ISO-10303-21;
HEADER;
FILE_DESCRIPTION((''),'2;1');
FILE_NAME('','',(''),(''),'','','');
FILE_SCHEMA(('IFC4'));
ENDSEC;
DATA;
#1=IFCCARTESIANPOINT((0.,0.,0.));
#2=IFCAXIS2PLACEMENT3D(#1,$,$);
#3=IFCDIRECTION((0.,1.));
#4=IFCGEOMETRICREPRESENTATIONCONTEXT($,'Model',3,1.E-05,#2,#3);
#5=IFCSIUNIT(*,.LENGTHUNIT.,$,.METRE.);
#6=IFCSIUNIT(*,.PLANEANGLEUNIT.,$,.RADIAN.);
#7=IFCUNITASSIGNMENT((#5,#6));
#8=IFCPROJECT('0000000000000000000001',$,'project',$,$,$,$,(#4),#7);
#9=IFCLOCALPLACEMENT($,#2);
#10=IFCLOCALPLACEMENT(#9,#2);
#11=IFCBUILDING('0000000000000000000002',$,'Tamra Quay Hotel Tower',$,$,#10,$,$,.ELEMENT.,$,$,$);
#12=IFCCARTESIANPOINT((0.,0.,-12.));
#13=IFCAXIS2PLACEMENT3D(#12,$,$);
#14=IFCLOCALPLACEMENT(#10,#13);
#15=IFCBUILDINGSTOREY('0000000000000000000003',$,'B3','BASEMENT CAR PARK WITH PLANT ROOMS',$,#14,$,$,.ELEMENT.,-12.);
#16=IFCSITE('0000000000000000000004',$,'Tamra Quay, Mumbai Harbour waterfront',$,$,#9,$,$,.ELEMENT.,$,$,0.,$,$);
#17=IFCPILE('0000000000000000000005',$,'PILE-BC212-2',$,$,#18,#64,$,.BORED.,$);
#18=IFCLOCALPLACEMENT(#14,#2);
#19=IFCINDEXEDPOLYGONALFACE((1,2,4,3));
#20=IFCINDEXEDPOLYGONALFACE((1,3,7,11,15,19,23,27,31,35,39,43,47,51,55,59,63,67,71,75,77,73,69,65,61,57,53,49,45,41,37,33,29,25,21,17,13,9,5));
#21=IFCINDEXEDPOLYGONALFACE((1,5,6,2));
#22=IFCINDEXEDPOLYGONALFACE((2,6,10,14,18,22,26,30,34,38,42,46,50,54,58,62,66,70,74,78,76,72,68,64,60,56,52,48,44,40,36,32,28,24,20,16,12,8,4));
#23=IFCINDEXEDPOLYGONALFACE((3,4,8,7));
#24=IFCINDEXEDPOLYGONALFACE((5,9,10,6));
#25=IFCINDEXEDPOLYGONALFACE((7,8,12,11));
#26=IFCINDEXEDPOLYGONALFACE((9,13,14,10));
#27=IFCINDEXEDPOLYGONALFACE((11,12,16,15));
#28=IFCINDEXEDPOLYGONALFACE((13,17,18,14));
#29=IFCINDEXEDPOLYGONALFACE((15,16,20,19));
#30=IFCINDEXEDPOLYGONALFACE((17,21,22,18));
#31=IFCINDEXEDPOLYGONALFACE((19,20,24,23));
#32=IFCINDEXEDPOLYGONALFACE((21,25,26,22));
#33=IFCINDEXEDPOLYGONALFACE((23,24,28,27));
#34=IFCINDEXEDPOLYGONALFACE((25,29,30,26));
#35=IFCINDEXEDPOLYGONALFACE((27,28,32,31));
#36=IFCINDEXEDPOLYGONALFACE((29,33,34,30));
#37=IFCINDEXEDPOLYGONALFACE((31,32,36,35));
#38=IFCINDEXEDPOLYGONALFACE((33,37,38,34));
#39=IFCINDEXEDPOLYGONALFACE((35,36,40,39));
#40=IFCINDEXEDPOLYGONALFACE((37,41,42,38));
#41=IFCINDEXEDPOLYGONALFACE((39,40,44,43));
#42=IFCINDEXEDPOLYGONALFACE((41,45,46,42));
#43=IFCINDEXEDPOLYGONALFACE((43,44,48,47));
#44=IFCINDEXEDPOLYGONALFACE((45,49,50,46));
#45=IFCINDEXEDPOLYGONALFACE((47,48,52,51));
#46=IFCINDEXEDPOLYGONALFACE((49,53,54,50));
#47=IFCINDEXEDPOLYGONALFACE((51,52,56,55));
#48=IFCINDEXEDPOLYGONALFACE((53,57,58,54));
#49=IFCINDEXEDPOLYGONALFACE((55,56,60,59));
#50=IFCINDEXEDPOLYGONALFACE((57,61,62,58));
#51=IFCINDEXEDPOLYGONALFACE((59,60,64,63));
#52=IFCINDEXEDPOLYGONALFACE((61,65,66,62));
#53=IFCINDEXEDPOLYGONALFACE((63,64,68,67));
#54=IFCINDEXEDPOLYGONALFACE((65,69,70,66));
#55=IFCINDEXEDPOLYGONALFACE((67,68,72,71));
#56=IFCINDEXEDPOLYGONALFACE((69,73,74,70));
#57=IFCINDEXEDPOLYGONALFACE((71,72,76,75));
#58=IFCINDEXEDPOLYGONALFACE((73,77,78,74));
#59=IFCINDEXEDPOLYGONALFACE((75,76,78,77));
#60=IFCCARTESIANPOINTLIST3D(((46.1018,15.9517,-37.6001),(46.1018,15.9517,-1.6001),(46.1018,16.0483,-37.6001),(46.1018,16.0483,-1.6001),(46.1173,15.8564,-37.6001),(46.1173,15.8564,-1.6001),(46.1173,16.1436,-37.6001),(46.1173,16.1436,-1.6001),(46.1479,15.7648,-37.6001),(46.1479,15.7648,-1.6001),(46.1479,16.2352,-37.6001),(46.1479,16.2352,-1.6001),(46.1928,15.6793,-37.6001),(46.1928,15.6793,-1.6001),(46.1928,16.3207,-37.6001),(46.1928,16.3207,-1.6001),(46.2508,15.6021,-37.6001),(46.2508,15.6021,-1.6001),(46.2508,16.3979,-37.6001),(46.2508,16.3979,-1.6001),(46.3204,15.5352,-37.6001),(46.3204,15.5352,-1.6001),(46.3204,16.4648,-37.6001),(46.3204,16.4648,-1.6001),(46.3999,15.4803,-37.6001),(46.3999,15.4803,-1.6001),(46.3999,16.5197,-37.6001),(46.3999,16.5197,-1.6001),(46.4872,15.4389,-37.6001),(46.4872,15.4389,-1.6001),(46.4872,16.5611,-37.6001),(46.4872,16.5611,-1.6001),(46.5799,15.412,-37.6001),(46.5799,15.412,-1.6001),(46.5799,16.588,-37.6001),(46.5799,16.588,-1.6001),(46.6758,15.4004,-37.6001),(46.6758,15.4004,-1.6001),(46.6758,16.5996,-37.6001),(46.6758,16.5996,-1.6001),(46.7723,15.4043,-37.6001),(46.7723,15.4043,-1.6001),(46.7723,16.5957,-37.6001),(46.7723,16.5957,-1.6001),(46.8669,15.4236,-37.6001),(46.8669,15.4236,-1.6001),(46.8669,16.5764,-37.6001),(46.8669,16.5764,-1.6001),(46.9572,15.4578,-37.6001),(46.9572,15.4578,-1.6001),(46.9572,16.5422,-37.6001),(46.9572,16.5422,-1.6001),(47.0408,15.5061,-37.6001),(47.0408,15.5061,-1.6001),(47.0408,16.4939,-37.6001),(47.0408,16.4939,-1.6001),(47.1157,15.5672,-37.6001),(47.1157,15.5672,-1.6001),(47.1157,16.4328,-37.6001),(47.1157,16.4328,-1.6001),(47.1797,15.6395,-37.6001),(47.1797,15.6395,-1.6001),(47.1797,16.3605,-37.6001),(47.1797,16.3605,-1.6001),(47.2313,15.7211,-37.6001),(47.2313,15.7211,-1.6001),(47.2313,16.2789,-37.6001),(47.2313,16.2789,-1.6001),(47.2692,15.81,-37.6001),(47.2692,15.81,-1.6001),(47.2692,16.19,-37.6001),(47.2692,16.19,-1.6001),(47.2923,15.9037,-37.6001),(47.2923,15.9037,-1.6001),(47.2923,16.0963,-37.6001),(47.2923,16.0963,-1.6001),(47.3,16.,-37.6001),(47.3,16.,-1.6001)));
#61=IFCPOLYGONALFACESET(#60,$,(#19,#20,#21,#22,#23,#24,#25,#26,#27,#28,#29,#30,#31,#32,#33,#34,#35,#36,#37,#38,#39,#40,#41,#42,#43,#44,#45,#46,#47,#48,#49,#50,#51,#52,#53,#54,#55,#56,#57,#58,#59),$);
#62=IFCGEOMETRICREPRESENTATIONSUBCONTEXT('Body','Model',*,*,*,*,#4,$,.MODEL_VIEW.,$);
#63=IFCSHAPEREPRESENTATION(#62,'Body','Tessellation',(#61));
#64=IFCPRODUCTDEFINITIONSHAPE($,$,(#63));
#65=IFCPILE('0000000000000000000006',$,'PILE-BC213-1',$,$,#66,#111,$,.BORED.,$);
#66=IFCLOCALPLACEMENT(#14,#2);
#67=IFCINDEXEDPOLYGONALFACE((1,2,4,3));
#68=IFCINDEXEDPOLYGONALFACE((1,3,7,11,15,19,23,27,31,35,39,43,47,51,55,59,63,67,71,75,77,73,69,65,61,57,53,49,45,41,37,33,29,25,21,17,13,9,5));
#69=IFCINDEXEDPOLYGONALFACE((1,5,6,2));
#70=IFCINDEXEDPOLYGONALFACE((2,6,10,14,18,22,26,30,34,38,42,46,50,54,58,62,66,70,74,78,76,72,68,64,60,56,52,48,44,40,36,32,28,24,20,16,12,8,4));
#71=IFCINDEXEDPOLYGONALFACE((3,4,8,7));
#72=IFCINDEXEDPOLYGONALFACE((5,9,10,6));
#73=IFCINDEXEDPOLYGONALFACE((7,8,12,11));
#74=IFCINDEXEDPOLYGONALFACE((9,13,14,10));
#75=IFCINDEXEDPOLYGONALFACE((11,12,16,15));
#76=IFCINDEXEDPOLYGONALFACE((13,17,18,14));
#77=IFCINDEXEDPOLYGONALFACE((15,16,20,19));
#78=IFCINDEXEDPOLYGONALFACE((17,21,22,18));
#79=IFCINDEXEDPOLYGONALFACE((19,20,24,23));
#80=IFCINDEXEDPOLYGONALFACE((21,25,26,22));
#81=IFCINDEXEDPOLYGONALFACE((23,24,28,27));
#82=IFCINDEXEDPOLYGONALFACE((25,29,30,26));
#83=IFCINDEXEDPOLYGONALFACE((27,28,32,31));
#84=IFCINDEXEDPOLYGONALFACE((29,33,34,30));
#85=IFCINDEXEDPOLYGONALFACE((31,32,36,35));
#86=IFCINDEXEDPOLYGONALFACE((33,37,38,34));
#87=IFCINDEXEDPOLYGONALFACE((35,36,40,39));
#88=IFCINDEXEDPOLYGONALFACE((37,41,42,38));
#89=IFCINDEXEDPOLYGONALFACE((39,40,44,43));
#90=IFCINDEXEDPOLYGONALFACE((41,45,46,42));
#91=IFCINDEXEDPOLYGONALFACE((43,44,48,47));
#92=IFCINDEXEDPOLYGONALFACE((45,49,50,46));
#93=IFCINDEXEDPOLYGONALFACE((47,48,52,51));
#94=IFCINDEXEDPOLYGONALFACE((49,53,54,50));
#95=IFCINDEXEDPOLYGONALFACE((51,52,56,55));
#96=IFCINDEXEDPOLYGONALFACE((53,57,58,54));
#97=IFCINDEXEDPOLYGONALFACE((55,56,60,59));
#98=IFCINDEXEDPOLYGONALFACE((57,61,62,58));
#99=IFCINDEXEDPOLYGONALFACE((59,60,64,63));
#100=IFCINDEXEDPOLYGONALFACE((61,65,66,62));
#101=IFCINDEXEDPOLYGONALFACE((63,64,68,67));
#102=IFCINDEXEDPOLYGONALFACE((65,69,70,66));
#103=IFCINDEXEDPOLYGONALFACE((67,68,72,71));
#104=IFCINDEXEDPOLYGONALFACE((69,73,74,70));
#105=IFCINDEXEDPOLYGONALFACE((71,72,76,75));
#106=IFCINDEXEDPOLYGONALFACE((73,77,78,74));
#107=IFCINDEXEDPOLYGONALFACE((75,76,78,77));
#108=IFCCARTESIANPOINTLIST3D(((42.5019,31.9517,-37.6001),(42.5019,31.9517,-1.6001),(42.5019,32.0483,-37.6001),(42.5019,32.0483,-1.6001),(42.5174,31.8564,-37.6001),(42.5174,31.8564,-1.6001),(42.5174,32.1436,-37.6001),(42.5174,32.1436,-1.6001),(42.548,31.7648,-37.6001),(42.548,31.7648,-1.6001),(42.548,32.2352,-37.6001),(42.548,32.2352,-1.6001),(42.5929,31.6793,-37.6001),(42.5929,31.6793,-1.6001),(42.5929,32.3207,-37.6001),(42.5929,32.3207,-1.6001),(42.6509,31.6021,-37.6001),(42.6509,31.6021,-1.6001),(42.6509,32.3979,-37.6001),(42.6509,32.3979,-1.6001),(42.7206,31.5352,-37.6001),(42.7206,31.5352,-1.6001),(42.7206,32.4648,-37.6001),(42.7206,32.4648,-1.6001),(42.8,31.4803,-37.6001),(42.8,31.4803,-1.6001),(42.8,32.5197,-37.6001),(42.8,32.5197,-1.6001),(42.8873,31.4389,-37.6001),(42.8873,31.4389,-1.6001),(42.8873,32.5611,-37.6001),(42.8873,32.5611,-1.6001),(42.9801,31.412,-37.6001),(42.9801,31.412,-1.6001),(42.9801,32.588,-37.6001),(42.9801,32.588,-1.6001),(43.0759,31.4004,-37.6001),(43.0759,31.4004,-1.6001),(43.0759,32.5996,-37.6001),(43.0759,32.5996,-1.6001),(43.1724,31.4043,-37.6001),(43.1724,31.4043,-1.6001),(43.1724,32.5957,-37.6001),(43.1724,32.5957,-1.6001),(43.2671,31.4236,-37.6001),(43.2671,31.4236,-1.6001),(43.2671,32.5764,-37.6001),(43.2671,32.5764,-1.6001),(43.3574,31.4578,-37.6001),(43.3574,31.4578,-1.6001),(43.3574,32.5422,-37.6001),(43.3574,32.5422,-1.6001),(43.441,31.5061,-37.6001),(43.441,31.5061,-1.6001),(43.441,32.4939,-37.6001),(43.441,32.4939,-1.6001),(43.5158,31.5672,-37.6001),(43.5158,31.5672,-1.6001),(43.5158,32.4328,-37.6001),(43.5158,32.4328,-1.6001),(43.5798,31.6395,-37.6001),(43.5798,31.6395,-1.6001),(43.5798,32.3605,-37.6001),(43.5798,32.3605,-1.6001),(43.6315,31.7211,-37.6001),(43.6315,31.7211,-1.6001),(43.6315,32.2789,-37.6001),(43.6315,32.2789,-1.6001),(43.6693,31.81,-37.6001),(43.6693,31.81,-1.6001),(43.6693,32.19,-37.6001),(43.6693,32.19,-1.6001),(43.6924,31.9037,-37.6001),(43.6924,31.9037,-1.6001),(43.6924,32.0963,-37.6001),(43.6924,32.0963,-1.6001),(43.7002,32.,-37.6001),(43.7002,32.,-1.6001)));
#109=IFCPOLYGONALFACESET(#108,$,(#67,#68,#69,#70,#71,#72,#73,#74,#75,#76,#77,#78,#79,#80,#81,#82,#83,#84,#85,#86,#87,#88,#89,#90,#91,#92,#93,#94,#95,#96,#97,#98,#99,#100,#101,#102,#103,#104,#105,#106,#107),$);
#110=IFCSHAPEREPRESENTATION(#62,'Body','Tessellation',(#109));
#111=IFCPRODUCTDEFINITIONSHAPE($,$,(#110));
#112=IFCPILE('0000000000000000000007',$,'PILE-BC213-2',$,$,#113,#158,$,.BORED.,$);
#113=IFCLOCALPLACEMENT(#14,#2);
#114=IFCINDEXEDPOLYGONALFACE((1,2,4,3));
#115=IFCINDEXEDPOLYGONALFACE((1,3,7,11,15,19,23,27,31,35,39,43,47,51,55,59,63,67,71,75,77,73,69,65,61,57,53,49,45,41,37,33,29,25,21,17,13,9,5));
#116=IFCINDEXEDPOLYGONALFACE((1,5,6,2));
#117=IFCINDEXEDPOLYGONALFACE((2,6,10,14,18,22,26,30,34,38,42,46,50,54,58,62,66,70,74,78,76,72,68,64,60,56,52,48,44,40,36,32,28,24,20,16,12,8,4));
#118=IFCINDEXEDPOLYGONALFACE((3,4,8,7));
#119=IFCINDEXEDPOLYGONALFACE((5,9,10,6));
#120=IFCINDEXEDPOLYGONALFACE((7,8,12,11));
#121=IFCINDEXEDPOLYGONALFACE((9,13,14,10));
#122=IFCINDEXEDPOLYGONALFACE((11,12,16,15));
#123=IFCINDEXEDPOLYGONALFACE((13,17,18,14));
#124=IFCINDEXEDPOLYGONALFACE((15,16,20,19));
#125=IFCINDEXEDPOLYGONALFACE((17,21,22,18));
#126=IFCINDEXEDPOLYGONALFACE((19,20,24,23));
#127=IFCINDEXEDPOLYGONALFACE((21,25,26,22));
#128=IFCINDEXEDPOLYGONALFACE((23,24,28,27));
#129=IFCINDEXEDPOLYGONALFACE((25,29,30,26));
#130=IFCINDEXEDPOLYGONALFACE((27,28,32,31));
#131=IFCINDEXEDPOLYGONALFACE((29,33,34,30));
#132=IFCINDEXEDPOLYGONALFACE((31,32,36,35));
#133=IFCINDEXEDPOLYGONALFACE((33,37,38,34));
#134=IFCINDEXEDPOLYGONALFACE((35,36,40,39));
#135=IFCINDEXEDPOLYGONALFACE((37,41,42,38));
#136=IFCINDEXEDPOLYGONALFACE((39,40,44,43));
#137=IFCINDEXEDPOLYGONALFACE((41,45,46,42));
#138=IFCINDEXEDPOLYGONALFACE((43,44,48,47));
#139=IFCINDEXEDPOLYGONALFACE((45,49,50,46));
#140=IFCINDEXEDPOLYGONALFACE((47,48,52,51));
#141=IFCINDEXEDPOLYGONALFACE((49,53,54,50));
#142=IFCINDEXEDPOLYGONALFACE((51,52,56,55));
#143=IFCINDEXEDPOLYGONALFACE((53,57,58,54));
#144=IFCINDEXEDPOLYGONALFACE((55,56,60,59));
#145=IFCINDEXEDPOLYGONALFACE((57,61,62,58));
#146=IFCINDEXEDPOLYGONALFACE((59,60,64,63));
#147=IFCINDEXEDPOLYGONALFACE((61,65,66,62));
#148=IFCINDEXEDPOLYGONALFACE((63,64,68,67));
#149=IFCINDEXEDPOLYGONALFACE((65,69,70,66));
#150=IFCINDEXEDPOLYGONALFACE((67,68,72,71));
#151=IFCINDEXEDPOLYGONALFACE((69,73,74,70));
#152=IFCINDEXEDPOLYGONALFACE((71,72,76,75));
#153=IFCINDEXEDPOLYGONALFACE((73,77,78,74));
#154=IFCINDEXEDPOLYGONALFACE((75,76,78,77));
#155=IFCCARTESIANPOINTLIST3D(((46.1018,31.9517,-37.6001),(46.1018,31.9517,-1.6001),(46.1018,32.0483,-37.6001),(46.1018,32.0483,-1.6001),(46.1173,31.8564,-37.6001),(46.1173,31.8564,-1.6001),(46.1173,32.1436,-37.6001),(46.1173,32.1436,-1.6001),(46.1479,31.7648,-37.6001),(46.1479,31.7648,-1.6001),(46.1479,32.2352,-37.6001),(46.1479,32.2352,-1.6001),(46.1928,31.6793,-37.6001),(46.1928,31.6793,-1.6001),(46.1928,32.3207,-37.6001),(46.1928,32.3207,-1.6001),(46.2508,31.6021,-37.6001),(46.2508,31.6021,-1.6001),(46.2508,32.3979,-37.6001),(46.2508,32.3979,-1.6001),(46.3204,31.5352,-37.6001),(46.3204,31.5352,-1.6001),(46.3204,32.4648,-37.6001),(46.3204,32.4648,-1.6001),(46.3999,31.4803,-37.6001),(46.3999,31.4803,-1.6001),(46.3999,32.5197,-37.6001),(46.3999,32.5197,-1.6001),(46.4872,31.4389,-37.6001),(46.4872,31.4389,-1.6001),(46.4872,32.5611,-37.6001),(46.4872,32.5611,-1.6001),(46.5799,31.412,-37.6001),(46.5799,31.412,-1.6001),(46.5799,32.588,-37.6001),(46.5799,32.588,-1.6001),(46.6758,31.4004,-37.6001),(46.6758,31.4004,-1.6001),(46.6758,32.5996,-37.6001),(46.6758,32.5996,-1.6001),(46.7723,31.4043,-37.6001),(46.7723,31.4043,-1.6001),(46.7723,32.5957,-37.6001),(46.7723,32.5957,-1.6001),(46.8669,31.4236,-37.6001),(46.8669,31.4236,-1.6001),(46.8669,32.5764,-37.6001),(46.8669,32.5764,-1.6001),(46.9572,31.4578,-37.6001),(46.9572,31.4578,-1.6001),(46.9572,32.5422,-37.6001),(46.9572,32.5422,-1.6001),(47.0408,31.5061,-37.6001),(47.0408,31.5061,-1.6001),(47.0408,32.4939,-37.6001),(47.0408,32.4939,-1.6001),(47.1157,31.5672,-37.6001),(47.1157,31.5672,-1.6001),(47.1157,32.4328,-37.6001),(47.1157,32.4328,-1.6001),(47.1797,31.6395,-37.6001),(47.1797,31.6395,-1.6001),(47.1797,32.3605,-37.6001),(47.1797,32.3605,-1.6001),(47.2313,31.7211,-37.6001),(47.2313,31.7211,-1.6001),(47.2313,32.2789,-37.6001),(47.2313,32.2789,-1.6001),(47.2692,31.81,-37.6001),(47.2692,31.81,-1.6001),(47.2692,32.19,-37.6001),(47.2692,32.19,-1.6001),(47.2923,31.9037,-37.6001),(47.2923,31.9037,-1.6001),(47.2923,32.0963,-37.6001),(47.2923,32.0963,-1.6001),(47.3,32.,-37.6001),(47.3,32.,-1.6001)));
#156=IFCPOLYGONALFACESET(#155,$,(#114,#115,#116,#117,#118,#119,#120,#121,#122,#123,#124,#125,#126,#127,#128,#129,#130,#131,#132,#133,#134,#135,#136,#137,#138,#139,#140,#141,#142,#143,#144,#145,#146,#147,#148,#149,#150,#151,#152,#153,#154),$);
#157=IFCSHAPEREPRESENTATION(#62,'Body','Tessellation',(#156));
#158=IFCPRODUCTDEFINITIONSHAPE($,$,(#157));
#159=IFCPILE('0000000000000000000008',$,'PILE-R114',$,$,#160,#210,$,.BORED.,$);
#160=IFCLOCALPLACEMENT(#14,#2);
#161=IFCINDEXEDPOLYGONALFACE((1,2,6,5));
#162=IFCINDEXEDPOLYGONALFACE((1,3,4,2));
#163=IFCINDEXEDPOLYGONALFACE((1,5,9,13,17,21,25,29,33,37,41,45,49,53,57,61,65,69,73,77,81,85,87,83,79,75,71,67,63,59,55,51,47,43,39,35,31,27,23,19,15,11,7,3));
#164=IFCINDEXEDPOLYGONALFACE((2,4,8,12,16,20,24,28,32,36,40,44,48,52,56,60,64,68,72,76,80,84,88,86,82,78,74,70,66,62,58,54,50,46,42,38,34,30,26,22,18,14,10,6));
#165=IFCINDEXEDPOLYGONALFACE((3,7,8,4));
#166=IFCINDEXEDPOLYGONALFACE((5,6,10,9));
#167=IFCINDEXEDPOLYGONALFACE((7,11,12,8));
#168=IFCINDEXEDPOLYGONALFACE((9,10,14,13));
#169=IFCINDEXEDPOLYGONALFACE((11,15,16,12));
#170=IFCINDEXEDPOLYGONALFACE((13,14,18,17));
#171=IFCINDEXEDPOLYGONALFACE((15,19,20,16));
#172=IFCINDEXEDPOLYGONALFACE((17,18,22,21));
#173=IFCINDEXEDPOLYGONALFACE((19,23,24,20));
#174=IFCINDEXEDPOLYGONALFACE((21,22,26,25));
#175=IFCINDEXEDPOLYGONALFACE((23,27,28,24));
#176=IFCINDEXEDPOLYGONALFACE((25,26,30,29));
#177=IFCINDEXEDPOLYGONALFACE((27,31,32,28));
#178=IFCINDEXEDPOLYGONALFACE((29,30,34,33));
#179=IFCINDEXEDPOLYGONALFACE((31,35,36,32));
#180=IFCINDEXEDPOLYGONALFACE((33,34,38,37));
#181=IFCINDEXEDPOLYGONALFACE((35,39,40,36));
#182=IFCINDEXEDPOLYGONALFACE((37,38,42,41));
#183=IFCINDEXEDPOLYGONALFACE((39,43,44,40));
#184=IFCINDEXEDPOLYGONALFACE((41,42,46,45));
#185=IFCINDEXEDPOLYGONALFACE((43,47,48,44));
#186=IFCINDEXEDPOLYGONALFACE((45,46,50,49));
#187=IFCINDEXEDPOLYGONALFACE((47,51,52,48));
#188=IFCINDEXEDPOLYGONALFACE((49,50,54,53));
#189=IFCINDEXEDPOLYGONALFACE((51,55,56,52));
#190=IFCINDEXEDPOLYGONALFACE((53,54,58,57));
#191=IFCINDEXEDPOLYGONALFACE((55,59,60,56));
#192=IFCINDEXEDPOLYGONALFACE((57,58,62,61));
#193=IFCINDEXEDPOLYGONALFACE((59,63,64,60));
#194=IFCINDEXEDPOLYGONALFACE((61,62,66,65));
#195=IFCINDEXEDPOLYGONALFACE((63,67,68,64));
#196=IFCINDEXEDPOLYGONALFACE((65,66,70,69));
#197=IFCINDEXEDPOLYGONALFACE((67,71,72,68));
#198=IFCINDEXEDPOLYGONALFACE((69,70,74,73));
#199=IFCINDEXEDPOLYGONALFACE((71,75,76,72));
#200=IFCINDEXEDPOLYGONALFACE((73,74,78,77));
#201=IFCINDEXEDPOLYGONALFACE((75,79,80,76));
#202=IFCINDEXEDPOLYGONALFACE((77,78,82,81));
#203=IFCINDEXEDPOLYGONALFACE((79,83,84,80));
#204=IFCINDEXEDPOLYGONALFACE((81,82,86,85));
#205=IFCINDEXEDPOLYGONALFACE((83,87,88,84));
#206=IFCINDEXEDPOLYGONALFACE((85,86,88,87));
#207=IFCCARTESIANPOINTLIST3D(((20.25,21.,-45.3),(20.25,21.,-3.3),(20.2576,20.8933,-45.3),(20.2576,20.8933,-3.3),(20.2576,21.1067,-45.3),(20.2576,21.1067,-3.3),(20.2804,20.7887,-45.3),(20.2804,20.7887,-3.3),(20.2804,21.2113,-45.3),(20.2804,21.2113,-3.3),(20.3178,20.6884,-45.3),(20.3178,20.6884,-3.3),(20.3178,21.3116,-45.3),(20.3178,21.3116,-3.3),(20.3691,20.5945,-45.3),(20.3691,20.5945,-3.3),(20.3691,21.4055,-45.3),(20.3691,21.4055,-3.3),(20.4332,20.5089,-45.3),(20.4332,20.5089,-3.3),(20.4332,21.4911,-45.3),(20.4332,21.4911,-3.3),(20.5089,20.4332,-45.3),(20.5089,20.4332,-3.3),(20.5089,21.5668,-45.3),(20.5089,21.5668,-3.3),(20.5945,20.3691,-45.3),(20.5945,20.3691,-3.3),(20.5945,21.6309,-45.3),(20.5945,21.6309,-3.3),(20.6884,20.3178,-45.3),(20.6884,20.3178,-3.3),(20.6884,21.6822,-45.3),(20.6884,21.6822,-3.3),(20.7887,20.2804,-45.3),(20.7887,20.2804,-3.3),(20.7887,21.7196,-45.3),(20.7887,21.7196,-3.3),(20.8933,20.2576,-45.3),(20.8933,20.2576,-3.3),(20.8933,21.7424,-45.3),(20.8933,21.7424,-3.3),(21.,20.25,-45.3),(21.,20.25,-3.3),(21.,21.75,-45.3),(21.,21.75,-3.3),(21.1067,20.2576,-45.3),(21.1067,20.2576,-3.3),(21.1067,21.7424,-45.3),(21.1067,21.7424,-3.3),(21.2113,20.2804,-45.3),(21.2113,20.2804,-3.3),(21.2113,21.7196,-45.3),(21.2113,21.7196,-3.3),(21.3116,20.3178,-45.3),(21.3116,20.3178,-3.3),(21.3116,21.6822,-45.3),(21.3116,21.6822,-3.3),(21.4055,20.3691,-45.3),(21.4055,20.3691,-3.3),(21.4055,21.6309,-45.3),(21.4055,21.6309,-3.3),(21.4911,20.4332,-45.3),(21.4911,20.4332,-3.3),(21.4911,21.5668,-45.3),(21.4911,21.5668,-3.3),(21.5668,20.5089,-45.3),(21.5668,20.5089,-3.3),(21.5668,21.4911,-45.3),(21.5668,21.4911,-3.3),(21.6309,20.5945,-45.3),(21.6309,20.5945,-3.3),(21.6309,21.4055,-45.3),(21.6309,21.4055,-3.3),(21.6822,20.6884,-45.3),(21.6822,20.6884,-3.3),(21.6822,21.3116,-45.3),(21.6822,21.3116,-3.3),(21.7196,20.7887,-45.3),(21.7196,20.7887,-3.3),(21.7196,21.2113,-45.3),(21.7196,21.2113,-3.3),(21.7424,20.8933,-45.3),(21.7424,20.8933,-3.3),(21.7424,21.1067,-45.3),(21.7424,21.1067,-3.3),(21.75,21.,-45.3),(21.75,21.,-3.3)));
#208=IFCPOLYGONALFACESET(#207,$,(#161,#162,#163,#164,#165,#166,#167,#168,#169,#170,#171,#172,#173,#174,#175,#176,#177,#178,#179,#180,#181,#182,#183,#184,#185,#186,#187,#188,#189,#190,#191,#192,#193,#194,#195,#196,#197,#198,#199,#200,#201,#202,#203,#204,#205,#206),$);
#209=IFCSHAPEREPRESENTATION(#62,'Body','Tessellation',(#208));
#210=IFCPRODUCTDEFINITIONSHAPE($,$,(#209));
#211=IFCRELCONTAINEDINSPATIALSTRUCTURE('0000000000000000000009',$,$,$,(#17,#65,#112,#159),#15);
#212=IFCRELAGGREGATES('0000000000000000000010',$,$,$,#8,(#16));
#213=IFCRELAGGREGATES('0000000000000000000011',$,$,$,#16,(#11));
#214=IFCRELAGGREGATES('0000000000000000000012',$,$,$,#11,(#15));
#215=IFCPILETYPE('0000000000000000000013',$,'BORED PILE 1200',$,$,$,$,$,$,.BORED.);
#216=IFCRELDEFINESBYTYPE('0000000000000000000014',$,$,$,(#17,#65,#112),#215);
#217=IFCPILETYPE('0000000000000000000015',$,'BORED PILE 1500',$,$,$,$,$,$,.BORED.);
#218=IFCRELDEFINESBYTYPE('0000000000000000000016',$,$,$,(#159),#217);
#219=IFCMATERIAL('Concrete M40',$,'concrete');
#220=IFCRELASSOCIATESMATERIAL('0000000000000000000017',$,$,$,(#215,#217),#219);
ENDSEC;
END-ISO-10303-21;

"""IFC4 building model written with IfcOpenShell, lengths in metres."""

from ifc_helpers import new_model, si_unit, direction, frame, origin, origin_2d, place, context, subcontext, project, spatial, circle, extrude, material, material_profile, profile_set, type_object, element, save


model = new_model("IFC4")

# Units and contexts
model_context = context("Model", 3, precision=1e-05, world=origin(), true_north=direction((0.0, 1.0)))
body_context = subcontext(model_context, "Body", "Model", "MODEL_VIEW")
ifc_project = project(units=[si_unit("LENGTHUNIT", "METRE"), si_unit("PLANEANGLEUNIT", "RADIAN")], contexts=[model_context])

# Site, building, storey
site_placement = place(None, origin())
site = spatial("IfcSite", under=ifc_project, at=site_placement, Name="Tamra Quay, Mumbai Harbour waterfront", CompositionType="ELEMENT", RefElevation=0.0)
building_placement = place(site_placement, origin())
building = spatial("IfcBuilding", under=site, at=building_placement, Name="Tamra Quay Hotel Tower", CompositionType="ELEMENT")
storey_placement = place(building_placement, frame((0.0, 0.0, -12.0)))
storey = spatial("IfcBuildingStorey", under=building, at=storey_placement, Name="B3", Description="BASEMENT CAR PARK WITH PLANT ROOMS", CompositionType="ELEMENT", Elevation=-12.0)

# Piles
ifc_material_1 = material(Name="Concrete M40", Category="concrete")
ifc_material_profile_1 = material_profile(ifc_material_1, circle(Radius=0.6001, at=origin_2d()), Name="BORED PILE 1200")
ifc_profile_set_1 = profile_set([ifc_material_profile_1], Name="Concrete M40")
pile_type_1 = type_object("IfcPileType", Name="BORED PILE 1200", PredefinedType="BORED", material=ifc_profile_set_1)
for number, where, z_axis, x_axis, name in (
    (1, (46.7, 16.0, -1.6001), (0.0, 0.0, -1.0), (1.0, 0.0, 0.0), "PILE-BC212-2"),
    (2, (43.1001, 32.0, -1.6001), (0.0, 0.0, -1.0), (1.0, 0.0, 0.0), "PILE-BC213-1"),
    (3, (46.7, 32.0, -1.6001), (0.0, 0.0, -1.0), (1.0, 0.0, 0.0), "PILE-BC213-2"),
):
    element("IfcPile", number, at=place(storey_placement, frame(where, z_axis=z_axis, x_axis=x_axis)), inside=storey, type_object=pile_type_1, Name=name, PredefinedType="BORED", context=body_context, shape_type="SweptSolid", body=[
        extrude(circle(Radius=0.6001, at=origin_2d()), origin(), (0.0, 0.0, 1.0), 36.0),
    ])
ifc_material_profile_2 = material_profile(ifc_material_1, circle(Radius=0.75, at=origin_2d()), Name="BORED PILE 1500")
ifc_profile_set_2 = profile_set([ifc_material_profile_2], Name="Concrete M40")
pile_type_2 = type_object("IfcPileType", Name="BORED PILE 1500", PredefinedType="BORED", material=ifc_profile_set_2)
for number, where, z_axis, x_axis, name in (
    (4, (21.0, 21.0, -3.3), (0.0, 0.0, -1.0), (1.0, 0.0, 0.0), "PILE-R114"),
):
    element("IfcPile", number, at=place(storey_placement, frame(where, z_axis=z_axis, x_axis=x_axis)), inside=storey, type_object=pile_type_2, Name=name, PredefinedType="BORED", context=body_context, shape_type="SweptSolid", body=[
        extrude(circle(Radius=0.75, at=origin_2d()), origin(), (0.0, 0.0, 1.0), 42.0),
    ])

save(model, "model.ifc")
